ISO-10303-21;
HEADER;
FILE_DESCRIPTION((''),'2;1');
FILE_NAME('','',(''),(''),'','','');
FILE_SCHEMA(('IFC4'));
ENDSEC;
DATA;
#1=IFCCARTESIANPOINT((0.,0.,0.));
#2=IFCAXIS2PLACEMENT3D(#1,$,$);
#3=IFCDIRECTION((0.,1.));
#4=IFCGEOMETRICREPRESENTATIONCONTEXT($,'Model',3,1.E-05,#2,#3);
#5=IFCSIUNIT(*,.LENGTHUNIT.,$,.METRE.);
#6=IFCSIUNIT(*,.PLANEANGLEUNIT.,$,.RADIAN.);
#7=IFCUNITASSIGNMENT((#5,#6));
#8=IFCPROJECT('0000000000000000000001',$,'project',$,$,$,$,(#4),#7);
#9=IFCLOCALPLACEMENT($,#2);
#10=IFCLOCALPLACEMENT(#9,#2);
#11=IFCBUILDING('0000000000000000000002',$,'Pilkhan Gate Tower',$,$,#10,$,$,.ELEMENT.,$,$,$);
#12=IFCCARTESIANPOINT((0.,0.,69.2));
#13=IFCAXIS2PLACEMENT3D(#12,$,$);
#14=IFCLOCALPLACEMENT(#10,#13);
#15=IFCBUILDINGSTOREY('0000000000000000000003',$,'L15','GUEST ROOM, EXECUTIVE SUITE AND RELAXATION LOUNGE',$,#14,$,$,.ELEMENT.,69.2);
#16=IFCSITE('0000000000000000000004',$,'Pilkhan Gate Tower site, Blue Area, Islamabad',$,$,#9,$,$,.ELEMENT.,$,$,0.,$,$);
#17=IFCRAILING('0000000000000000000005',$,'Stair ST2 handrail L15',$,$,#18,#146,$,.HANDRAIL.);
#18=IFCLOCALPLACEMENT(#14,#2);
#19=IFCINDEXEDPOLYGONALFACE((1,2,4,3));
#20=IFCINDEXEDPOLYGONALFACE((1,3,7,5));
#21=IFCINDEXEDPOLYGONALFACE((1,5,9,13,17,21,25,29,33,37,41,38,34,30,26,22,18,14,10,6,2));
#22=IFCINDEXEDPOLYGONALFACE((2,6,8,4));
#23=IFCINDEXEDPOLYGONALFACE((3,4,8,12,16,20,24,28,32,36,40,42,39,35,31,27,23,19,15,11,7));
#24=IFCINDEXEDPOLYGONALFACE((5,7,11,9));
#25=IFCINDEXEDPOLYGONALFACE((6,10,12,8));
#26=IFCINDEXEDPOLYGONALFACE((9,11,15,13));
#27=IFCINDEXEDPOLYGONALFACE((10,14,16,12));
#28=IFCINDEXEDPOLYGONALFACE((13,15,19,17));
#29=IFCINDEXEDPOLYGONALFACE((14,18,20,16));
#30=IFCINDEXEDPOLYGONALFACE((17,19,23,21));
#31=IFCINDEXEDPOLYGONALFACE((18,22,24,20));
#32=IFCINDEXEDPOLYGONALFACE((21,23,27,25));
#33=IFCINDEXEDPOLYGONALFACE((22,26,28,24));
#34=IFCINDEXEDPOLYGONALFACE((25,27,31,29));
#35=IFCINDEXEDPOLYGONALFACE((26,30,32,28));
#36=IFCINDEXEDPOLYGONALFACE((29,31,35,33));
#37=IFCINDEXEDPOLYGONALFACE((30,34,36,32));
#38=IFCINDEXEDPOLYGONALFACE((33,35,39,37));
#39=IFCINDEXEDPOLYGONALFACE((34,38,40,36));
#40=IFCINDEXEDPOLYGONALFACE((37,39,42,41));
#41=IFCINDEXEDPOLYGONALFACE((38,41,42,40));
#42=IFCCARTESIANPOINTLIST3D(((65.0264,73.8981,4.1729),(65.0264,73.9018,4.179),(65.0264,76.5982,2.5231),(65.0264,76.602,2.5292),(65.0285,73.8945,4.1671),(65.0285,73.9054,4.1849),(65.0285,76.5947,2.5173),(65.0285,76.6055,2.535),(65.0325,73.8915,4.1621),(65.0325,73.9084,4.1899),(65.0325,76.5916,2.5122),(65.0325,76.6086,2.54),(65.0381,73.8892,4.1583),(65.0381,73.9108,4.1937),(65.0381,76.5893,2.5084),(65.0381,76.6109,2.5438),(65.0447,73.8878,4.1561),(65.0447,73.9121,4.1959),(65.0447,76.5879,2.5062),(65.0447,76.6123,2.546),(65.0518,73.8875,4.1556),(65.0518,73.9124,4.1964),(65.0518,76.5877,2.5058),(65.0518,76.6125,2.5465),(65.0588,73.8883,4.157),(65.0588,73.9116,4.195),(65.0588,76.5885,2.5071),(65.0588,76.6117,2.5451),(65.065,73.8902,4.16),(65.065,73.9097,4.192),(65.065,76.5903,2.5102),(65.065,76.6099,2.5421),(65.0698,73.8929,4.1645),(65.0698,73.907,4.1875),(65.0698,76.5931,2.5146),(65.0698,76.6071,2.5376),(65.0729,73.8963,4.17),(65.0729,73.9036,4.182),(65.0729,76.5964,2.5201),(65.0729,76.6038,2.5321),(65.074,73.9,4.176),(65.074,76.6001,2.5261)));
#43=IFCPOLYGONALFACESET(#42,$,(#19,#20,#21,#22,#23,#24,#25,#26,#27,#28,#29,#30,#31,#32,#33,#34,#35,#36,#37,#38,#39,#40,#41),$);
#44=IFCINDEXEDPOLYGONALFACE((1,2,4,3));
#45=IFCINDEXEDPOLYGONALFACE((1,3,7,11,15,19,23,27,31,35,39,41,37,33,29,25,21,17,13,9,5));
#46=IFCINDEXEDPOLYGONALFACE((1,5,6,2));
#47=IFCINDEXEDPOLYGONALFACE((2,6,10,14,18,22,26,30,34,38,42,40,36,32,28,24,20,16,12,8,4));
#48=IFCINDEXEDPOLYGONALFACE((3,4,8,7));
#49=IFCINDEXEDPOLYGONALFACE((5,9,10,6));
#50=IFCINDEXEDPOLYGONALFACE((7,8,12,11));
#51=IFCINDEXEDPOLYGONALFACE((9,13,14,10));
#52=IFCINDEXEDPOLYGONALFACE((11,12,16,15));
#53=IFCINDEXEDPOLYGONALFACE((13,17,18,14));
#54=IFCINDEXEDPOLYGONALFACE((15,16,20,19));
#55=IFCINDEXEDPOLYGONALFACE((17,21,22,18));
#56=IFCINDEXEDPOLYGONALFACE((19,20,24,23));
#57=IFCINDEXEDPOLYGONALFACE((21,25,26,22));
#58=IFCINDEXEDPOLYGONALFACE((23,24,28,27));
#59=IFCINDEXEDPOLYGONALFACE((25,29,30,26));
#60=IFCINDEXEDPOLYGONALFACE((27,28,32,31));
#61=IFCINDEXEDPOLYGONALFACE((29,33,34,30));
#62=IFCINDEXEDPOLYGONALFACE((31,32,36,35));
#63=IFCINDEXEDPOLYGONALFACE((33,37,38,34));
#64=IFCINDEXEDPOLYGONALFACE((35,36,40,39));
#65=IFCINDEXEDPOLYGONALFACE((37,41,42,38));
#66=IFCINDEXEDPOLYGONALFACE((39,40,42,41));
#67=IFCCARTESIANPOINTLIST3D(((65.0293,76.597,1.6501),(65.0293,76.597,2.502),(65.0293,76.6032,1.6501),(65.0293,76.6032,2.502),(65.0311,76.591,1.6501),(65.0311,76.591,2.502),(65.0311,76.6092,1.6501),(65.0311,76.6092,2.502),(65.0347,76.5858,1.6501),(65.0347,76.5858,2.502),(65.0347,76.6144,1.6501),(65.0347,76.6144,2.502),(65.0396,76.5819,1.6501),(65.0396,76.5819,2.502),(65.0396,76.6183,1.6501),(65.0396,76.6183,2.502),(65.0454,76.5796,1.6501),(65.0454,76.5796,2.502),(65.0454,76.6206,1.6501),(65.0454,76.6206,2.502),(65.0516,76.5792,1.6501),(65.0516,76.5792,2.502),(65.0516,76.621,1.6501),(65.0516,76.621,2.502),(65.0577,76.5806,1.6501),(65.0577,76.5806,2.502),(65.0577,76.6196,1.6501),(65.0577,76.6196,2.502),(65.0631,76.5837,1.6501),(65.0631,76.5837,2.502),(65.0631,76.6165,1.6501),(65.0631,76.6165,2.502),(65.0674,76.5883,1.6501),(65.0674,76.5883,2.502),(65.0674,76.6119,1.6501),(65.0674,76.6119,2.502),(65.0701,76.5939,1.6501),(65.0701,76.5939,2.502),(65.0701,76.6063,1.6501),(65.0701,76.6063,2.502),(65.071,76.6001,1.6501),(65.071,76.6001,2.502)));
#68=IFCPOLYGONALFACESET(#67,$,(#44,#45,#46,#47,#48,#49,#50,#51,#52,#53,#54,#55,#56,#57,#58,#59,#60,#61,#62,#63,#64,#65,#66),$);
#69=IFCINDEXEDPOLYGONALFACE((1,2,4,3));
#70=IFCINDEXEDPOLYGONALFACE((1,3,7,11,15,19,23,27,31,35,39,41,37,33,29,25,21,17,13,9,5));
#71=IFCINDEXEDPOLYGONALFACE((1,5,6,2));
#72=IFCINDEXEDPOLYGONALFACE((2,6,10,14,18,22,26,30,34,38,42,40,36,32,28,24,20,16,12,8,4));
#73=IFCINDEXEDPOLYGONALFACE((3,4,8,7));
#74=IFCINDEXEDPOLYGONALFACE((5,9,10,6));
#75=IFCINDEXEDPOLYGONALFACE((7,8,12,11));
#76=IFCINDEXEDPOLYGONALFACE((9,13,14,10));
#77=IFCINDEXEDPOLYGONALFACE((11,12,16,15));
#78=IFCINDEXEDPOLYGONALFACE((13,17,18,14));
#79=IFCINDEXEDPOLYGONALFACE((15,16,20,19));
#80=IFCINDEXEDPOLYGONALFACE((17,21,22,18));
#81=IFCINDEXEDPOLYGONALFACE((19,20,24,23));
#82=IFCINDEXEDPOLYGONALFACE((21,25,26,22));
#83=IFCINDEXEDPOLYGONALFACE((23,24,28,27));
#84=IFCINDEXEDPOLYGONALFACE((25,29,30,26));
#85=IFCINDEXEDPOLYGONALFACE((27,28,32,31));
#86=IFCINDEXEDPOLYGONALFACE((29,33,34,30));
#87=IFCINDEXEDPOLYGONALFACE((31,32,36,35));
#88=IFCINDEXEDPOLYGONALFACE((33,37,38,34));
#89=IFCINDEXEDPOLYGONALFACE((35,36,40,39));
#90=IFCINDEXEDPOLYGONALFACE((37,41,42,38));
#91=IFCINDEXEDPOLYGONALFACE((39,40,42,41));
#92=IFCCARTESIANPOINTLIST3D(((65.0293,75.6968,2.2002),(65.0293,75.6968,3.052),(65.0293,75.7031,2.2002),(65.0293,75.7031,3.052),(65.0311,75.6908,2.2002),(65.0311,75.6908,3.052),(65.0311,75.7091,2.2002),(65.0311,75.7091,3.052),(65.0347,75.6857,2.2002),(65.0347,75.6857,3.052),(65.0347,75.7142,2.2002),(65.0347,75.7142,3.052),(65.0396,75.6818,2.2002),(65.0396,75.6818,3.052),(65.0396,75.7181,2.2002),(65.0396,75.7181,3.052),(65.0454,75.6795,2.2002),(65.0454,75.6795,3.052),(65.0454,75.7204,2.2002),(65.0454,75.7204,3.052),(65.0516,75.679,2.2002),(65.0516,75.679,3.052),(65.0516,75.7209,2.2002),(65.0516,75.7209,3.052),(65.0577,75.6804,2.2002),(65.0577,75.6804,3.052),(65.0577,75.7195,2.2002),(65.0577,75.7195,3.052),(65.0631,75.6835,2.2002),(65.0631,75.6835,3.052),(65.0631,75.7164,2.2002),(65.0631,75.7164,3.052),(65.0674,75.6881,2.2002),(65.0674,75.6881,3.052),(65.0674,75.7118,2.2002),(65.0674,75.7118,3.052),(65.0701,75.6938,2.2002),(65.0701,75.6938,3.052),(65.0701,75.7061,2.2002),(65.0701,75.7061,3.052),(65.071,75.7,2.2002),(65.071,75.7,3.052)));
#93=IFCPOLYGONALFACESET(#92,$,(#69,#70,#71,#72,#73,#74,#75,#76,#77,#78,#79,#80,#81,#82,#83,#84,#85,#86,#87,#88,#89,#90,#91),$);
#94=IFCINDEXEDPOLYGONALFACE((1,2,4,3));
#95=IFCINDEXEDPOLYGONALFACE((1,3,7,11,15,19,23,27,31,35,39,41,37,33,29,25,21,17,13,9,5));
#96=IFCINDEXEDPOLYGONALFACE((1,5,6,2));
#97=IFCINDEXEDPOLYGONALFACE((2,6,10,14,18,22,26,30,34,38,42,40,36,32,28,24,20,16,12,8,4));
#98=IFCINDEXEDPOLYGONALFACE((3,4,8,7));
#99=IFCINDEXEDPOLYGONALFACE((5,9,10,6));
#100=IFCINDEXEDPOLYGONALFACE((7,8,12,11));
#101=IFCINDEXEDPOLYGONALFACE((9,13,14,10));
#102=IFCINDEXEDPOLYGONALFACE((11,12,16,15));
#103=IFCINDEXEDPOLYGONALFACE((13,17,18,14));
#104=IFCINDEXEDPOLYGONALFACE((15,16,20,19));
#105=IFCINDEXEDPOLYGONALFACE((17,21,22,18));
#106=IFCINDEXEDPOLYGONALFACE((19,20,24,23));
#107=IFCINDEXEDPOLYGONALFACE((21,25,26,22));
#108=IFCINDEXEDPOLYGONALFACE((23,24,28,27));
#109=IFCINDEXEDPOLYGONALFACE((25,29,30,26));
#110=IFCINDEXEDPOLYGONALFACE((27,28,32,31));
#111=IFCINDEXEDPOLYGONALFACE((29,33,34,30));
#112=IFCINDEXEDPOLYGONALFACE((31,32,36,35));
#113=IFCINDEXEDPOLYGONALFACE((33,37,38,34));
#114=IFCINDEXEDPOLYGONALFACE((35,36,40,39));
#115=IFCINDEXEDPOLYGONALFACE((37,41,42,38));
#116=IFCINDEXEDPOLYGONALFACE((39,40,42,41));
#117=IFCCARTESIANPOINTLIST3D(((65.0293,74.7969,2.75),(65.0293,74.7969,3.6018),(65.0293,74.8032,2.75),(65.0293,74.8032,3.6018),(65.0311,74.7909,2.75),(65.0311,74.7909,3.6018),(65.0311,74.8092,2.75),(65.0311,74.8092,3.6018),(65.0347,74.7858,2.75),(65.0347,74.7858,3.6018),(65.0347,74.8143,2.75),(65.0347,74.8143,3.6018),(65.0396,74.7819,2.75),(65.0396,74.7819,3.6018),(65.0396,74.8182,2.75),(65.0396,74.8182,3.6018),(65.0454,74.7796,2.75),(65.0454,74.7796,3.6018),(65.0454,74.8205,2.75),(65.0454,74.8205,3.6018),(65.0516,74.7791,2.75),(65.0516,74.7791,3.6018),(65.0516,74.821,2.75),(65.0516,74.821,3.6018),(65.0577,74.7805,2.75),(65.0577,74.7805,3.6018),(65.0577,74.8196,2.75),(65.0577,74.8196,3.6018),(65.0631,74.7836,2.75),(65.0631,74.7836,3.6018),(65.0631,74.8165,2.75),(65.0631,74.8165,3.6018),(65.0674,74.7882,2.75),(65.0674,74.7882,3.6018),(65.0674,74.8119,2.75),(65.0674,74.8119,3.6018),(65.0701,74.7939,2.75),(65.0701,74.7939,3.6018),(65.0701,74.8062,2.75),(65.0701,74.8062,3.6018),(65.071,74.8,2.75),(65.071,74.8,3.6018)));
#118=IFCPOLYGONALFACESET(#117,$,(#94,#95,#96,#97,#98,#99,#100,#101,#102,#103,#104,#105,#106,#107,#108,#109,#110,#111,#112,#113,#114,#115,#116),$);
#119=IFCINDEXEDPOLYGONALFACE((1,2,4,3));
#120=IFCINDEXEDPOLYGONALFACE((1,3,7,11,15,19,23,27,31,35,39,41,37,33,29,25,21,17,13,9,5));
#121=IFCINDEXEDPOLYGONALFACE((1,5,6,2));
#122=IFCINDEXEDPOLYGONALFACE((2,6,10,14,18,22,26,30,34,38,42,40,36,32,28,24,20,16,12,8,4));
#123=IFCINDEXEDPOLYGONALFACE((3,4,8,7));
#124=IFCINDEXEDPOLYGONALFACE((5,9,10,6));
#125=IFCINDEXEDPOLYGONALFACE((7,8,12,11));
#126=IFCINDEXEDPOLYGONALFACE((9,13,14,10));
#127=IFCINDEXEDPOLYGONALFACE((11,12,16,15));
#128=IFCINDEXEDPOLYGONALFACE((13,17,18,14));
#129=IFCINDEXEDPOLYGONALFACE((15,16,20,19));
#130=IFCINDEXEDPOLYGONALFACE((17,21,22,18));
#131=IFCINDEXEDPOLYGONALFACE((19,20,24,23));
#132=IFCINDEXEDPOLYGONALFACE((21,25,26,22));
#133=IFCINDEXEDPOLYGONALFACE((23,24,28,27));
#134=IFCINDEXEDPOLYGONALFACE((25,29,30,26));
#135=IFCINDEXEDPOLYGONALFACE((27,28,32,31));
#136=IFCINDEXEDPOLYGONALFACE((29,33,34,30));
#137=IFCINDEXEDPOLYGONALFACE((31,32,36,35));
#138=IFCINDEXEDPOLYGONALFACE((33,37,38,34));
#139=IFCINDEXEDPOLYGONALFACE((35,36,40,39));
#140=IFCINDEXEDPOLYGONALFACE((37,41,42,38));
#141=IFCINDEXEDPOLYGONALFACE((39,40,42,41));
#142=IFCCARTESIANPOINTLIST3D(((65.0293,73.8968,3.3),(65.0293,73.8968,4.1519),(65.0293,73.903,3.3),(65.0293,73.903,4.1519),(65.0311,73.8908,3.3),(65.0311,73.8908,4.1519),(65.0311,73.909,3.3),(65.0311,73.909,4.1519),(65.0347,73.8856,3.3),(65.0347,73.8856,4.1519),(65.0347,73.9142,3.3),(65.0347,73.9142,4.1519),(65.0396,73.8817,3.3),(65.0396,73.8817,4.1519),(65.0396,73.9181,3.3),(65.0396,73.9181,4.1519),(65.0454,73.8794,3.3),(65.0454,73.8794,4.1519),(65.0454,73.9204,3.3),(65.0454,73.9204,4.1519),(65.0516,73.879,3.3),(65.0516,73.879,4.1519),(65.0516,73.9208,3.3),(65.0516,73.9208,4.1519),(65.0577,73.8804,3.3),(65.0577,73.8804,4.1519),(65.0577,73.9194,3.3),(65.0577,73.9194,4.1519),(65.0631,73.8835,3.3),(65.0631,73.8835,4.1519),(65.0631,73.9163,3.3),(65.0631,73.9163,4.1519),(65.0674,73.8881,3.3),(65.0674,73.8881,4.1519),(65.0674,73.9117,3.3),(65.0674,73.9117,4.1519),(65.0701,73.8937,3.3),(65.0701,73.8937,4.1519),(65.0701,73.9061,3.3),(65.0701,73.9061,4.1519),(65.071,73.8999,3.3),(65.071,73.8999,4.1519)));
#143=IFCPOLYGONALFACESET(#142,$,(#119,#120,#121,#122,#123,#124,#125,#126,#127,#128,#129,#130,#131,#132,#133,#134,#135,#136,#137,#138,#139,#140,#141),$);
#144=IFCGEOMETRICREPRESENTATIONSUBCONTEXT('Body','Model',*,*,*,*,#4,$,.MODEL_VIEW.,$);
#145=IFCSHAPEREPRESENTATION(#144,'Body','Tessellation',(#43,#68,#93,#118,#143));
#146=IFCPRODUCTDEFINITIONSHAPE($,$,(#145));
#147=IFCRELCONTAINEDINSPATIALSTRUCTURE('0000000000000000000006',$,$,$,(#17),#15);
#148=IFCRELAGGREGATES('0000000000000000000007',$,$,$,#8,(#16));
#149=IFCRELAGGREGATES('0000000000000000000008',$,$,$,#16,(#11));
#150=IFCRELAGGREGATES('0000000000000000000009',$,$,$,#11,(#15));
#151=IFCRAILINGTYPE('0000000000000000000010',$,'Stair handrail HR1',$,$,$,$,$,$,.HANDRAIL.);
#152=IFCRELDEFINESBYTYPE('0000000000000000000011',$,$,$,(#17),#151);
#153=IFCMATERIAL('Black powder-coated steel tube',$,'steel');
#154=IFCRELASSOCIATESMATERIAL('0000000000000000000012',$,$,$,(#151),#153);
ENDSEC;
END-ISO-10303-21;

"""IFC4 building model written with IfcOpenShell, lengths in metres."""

from ifc_helpers import new_model, si_unit, direction, frame, origin, origin_2d, place, context, subcontext, project, spatial, circle, extrude, material, type_object, element, save


model = new_model("IFC4")

# Units and contexts
model_context = context("Model", 3, precision=1e-05, world=origin(), true_north=direction((0.0, 1.0)))
body_context = subcontext(model_context, "Body", "Model", "MODEL_VIEW")
ifc_project = project(units=[si_unit("LENGTHUNIT", "METRE"), si_unit("PLANEANGLEUNIT", "RADIAN")], contexts=[model_context])

# Site, building, storey
site_placement = place(None, origin())
site = spatial("IfcSite", under=ifc_project, at=site_placement, Name="Pilkhan Gate Tower site, Blue Area, Islamabad", CompositionType="ELEMENT", RefElevation=0.0)
building_placement = place(site_placement, origin())
building = spatial("IfcBuilding", under=site, at=building_placement, Name="Pilkhan Gate Tower", CompositionType="ELEMENT")
storey_placement = place(building_placement, frame((0.0, 0.0, 69.2)))
storey = spatial("IfcBuildingStorey", under=building, at=storey_placement, Name="L15", Description="GUEST ROOM, EXECUTIVE SUITE AND RELAXATION LOUNGE", CompositionType="ELEMENT", Elevation=69.2)

# Railing
ifc_material_1 = material(Name="Black powder-coated steel tube", Category="steel")
railing_type_1 = type_object("IfcRailingType", Name="Stair handrail HR1", PredefinedType="HANDRAIL", material=ifc_material_1)
railing_1_placement = place(storey_placement, frame((65.05, 76.6001, 1.6501)))
element("IfcRailing", 1, at=railing_1_placement, inside=storey, type_object=railing_type_1, Name="Stair ST2 handrail L15", PredefinedType="HANDRAIL", context=body_context, shape_type="SweptSolid", body=[
    extrude(circle(Radius=0.0239, at=origin_2d()), frame((0.0, 0.0, 0.876), z_axis=(0.0, -0.853312, 0.5214), x_axis=(1.0, 0.0, 0.0)), (0.0, 0.0, 1.0), 3.1643),
    extrude(circle(Radius=0.021, at=origin_2d()), origin(), (0.0, 0.0, 1.0), 0.8518),
    extrude(circle(Radius=0.021, at=origin_2d()), frame((0.0, -0.9001, 0.55)), (0.0, 0.0, 1.0), 0.8518),
    extrude(circle(Radius=0.021, at=origin_2d()), frame((0.0, -1.8, 1.0999)), (0.0, 0.0, 1.0), 0.8518),
    extrude(circle(Radius=0.021, at=origin_2d()), frame((0.0, -2.7002, 1.6499)), (0.0, 0.0, 1.0), 0.8518),
])

save(model, "model.ifc")
